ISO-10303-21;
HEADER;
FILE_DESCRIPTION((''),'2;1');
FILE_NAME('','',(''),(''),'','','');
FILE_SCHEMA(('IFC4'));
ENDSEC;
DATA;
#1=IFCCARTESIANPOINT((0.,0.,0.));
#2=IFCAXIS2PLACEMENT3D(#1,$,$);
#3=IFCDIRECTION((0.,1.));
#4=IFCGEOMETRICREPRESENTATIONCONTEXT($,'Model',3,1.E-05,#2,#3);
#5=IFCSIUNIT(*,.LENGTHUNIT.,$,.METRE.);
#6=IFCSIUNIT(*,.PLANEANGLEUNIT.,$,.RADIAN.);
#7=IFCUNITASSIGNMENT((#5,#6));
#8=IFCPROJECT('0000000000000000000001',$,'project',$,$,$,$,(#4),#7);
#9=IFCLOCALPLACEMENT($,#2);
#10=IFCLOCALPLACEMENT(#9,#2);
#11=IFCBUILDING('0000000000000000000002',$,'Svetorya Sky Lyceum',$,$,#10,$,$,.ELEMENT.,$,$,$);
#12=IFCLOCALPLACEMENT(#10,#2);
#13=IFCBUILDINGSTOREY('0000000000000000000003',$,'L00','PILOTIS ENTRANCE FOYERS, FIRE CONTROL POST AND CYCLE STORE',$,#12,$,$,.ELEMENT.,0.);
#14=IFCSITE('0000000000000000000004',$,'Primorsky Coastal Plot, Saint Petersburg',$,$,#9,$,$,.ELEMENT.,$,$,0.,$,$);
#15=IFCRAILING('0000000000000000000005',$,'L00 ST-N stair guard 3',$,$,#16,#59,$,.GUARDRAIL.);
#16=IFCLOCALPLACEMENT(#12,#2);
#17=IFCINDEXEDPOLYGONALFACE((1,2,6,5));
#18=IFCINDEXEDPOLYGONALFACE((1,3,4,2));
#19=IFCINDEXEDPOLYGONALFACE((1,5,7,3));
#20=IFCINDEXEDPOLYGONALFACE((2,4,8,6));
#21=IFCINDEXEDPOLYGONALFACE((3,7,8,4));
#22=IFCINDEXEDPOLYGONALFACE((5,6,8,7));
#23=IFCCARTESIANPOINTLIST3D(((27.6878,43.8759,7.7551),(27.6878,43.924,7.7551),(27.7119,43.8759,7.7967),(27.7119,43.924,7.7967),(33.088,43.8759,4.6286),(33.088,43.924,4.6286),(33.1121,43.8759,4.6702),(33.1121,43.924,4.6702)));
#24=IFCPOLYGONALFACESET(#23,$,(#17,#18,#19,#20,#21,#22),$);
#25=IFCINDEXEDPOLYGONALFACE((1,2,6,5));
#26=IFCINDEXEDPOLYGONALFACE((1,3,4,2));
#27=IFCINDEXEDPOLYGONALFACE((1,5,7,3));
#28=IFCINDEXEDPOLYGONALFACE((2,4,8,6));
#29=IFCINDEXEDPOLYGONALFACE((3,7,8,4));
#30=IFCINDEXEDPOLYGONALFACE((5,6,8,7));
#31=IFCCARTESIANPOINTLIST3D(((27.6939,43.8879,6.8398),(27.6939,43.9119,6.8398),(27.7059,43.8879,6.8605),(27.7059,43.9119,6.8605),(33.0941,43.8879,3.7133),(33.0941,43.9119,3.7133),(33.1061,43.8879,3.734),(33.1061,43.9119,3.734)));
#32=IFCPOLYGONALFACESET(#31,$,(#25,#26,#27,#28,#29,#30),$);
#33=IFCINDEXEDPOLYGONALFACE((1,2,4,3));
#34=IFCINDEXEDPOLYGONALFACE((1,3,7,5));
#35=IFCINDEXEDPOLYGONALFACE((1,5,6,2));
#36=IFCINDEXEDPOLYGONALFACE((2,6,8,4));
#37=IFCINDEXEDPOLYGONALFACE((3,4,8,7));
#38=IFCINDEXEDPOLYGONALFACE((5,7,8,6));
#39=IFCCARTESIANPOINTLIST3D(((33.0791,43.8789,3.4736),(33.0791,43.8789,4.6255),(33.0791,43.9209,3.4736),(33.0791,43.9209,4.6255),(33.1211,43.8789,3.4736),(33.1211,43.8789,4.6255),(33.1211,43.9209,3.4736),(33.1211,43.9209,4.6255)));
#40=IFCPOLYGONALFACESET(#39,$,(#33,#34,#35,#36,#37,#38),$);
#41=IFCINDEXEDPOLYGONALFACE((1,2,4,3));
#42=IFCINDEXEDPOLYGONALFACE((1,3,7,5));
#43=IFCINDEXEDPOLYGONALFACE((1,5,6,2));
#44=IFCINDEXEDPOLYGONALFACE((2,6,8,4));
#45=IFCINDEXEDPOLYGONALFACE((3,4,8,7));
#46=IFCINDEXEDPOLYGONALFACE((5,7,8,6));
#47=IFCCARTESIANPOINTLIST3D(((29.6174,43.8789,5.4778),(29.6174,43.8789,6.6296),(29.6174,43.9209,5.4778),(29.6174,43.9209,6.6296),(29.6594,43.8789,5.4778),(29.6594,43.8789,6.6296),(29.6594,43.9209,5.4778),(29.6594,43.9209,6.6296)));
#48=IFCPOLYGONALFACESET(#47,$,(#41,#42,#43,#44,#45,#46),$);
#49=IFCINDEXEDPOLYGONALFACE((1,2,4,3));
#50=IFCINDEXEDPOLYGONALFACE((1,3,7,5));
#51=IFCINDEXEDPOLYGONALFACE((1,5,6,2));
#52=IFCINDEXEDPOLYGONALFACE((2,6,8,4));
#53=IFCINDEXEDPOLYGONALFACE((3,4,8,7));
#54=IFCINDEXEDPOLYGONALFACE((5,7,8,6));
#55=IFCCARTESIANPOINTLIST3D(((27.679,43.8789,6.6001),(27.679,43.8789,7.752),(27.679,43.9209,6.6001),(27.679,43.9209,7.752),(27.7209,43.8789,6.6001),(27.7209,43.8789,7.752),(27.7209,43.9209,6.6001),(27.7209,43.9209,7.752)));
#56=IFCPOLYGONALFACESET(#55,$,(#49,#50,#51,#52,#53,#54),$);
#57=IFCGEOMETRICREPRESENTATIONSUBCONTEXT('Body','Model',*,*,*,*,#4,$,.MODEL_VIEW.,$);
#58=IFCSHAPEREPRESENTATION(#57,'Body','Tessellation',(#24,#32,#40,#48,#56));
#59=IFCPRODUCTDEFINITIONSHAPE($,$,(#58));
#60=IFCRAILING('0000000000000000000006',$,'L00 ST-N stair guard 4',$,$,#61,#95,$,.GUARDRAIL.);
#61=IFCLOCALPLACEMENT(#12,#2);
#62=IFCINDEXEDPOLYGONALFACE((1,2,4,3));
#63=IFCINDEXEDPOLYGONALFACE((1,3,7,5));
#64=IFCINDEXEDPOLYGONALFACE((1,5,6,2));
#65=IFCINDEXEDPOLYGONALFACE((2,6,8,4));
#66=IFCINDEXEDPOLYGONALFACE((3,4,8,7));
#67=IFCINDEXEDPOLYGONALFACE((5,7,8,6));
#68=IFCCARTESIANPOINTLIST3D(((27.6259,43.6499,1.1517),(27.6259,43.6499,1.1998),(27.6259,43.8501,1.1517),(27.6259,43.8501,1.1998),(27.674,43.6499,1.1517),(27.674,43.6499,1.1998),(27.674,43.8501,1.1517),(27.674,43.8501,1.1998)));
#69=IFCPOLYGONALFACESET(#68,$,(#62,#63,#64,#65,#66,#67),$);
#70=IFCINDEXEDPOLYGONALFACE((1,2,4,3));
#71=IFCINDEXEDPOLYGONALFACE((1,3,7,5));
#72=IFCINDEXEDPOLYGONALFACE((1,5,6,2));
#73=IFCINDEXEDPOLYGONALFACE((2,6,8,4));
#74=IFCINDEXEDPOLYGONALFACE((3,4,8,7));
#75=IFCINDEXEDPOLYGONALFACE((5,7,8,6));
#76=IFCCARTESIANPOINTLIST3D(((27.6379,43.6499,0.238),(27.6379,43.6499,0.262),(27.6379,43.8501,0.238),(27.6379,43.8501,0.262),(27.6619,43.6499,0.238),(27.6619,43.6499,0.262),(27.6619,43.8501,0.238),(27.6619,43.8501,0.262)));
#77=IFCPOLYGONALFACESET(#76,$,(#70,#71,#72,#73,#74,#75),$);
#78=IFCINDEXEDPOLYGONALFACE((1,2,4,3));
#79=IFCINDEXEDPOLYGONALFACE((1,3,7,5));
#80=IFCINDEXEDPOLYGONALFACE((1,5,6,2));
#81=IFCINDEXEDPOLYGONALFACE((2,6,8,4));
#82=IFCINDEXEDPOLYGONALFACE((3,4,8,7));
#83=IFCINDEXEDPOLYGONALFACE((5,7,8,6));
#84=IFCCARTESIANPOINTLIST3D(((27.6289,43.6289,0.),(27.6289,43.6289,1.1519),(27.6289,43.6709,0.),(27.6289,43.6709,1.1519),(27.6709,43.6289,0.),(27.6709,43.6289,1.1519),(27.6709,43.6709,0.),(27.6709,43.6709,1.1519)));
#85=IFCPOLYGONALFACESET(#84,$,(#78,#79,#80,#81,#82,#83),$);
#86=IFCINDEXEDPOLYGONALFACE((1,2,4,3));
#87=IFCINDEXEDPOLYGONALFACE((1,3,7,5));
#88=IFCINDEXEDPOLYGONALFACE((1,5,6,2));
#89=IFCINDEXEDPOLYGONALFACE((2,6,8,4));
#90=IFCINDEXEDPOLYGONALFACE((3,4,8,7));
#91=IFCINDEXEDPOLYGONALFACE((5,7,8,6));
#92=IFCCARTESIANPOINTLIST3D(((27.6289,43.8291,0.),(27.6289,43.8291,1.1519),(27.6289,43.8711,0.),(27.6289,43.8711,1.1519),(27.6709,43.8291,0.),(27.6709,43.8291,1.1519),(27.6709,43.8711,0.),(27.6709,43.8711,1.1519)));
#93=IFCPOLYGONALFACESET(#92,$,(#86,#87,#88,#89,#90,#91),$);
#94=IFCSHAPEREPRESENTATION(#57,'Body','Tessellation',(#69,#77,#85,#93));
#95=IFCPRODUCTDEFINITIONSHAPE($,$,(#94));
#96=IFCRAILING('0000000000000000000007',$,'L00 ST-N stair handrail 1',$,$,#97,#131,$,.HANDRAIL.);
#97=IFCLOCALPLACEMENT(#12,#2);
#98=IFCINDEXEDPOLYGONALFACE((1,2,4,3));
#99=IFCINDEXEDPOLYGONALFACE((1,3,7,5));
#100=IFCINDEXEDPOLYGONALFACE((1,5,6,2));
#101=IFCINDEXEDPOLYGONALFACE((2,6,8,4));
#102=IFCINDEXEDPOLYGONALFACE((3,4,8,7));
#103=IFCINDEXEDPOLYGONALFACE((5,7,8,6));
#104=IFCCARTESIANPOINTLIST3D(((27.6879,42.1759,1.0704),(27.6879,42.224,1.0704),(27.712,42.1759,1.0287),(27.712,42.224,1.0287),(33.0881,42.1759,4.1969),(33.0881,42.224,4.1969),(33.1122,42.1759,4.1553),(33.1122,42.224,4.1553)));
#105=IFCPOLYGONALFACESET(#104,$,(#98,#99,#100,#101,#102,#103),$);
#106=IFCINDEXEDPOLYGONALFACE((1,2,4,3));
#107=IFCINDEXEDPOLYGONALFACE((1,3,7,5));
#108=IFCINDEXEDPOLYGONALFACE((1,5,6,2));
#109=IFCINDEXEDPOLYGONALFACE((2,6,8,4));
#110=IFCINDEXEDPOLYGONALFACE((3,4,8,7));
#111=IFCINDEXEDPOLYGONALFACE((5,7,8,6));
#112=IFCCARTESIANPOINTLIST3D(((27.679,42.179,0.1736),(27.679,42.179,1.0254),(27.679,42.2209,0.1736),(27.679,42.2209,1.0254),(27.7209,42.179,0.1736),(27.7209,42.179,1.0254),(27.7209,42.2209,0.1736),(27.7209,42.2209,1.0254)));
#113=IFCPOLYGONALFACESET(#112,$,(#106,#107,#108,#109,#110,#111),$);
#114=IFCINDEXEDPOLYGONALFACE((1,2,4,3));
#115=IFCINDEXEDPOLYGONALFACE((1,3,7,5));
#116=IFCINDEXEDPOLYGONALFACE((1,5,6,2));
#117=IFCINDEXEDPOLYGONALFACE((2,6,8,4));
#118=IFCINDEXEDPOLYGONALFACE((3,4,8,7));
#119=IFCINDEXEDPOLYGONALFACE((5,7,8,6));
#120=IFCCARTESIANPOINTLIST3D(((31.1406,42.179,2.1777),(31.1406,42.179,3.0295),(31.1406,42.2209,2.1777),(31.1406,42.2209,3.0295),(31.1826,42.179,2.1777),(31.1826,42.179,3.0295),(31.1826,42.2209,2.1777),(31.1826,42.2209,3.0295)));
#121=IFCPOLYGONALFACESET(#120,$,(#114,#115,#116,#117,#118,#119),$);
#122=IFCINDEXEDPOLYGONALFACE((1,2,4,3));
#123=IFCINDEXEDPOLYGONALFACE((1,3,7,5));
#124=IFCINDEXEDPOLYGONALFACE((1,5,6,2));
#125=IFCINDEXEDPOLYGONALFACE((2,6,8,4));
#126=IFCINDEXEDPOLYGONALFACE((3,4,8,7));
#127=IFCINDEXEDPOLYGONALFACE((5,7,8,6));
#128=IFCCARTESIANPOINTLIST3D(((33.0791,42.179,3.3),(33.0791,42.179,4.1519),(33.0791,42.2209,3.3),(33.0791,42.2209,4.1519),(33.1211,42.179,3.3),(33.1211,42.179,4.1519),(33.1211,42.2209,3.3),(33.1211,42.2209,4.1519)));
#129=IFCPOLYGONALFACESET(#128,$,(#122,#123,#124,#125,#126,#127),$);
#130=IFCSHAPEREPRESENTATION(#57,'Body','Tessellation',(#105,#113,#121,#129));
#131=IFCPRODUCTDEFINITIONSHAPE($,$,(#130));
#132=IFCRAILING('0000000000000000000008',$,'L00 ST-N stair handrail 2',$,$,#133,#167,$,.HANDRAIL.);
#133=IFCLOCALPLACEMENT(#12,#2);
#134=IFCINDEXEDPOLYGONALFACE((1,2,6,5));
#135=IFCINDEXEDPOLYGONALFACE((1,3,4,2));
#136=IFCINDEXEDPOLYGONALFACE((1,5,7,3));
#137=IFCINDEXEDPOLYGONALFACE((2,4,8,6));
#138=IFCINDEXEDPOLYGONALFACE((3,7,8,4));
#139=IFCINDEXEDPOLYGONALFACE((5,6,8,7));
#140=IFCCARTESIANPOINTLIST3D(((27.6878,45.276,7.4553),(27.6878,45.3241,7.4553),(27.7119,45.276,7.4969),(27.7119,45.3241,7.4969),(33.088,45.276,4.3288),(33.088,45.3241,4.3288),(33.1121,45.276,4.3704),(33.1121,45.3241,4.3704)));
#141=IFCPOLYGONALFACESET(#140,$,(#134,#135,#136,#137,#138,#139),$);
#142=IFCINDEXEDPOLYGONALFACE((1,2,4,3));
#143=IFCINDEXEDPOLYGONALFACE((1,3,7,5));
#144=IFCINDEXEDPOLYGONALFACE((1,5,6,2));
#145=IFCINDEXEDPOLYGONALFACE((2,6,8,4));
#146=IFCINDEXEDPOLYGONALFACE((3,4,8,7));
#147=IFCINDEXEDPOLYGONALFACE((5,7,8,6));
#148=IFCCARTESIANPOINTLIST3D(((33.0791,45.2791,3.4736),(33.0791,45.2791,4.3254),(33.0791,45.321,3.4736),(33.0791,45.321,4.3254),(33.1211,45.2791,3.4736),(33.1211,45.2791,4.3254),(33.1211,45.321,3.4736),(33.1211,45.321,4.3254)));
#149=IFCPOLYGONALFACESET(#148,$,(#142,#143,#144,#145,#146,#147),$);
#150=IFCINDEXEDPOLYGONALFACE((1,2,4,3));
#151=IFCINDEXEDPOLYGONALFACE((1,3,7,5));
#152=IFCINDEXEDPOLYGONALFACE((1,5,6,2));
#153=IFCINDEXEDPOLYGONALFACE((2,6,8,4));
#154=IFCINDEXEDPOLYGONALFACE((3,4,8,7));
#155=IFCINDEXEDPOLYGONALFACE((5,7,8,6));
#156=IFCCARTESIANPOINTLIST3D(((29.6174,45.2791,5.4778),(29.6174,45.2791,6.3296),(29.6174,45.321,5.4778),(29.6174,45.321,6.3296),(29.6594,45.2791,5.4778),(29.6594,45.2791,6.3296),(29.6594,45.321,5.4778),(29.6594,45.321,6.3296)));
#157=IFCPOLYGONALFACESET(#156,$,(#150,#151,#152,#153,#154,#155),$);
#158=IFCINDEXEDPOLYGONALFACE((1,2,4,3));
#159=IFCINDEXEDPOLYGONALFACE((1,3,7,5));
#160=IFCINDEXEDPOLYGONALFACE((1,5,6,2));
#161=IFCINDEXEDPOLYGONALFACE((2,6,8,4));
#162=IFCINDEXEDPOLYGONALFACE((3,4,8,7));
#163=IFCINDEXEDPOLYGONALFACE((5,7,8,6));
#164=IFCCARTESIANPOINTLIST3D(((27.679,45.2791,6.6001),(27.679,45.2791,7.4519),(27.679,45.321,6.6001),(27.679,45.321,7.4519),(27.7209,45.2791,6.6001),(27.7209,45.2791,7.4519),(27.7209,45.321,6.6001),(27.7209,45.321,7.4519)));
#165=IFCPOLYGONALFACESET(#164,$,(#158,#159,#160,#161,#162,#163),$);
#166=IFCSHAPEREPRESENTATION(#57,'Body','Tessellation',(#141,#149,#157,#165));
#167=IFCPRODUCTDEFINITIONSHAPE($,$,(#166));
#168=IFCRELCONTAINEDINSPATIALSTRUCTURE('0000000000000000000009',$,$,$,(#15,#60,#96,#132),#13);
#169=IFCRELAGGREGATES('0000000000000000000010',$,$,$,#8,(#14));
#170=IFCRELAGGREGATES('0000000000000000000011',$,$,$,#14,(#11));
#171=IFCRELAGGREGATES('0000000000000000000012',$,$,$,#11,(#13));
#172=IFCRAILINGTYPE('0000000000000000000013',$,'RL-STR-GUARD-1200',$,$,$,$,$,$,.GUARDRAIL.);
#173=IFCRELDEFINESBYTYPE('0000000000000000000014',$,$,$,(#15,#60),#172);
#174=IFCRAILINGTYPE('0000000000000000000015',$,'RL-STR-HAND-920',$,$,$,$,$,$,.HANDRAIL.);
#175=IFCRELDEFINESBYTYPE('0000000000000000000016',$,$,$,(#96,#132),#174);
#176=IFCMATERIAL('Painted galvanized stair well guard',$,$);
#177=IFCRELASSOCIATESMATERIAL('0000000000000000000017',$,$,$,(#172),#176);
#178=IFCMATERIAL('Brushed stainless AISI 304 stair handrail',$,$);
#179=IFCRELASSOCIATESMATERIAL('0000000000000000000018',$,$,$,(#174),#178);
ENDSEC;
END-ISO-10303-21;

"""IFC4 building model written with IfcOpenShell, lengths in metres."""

from ifc_helpers import new_model, si_unit, direction, frame, origin, origin_2d, place, context, subcontext, project, spatial, rectangle, extrude, material, type_object, element, save


model = new_model("IFC4")

# Units and contexts
model_context = context("Model", 3, precision=1e-05, world=origin(), true_north=direction((0.0, 1.0)))
body_context = subcontext(model_context, "Body", "Model", "MODEL_VIEW")
ifc_project = project(units=[si_unit("LENGTHUNIT", "METRE"), si_unit("PLANEANGLEUNIT", "RADIAN")], contexts=[model_context])

# Site, building, storey
site_placement = place(None, origin())
site = spatial("IfcSite", under=ifc_project, at=site_placement, Name="Primorsky Coastal Plot, Saint Petersburg", CompositionType="ELEMENT", RefElevation=0.0)
building_placement = place(site_placement, origin())
building = spatial("IfcBuilding", under=site, at=building_placement, Name="Svetorya Sky Lyceum", CompositionType="ELEMENT")
storey_placement = place(building_placement, origin())
storey = spatial("IfcBuildingStorey", under=building, at=storey_placement, Name="L00", Description="PILOTIS ENTRANCE FOYERS, FIRE CONTROL POST AND CYCLE STORE", CompositionType="ELEMENT", Elevation=0.0)

# Railings
ifc_material_1 = material(Name="Painted galvanized stair well guard")
railing_type_1 = type_object("IfcRailingType", Name="RL-STR-GUARD-1200", PredefinedType="GUARDRAIL", material=ifc_material_1)
railing_1_placement = place(storey_placement, frame((33.1001, 43.8999, 3.4736)))
element("IfcRailing", 1, at=railing_1_placement, inside=storey, type_object=railing_type_1, Name="L00 ST-N stair guard 3", PredefinedType="GUARDRAIL", context=body_context, shape_type="SweptSolid", body=[
    extrude(rectangle(XDim=0.0481, YDim=0.0481, at=origin_2d()), frame((0.0, 0.0, 1.1758), z_axis=(-0.865422, 0.0, 0.501044), x_axis=(0.0, -1.0, 0.0)), (0.0, 0.0, 1.0), 6.24),
    extrude(rectangle(XDim=0.0239, YDim=0.0239, at=origin_2d()), frame((0.0, 0.0, 0.25), z_axis=(-0.865422, 0.0, 0.501044), x_axis=(0.0, -1.0, 0.0)), (0.0, 0.0, 1.0), 6.24),
    extrude(rectangle(XDim=0.042, YDim=0.042, at=origin_2d()), origin(), (0.0, 0.0, 1.0), 1.1519),
    extrude(rectangle(XDim=0.042, YDim=0.042, at=origin_2d()), frame((-3.4617, 0.0, 2.0042)), (0.0, 0.0, 1.0), 1.1519),
    extrude(rectangle(XDim=0.042, YDim=0.042, at=origin_2d()), frame((-5.4001, 0.0, 3.1265)), (0.0, 0.0, 1.0), 1.1519),
])
railing_2_placement = place(storey_placement, frame((27.6499, 43.6499, 0.0)))
element("IfcRailing", 2, at=railing_2_placement, inside=storey, type_object=railing_type_1, Name="L00 ST-N stair guard 4", PredefinedType="GUARDRAIL", context=body_context, shape_type="SweptSolid", body=[
    extrude(rectangle(XDim=0.0481, YDim=0.0481, at=origin_2d()), frame((0.0, 0.0, 1.1758), z_axis=(0.0, 1.0, 0.0), x_axis=(-1.0, 0.0, 0.0)), (0.0, 0.0, 1.0), 0.2002),
    extrude(rectangle(XDim=0.0239, YDim=0.0239, at=origin_2d()), frame((0.0, 0.0, 0.25), z_axis=(0.0, 1.0, 0.0), x_axis=(-1.0, 0.0, 0.0)), (0.0, 0.0, 1.0), 0.2002),
    extrude(rectangle(XDim=0.042, YDim=0.042, at=origin_2d()), origin(), (0.0, 0.0, 1.0), 1.1519),
    extrude(rectangle(XDim=0.042, YDim=0.042, at=origin_2d()), frame((0.0, 0.2002, 0.0)), (0.0, 0.0, 1.0), 1.1519),
])
ifc_material_2 = material(Name="Brushed stainless AISI 304 stair handrail")
railing_type_2 = type_object("IfcRailingType", Name="RL-STR-HAND-920", PredefinedType="HANDRAIL", material=ifc_material_2)
railing_3_placement = place(storey_placement, frame((27.7, 42.2, 0.1736)))
element("IfcRailing", 3, at=railing_3_placement, inside=storey, type_object=railing_type_2, Name="L00 ST-N stair handrail 1", PredefinedType="HANDRAIL", context=body_context, shape_type="SweptSolid", body=[
    extrude(rectangle(XDim=0.0481, YDim=0.0481, at=origin_2d()), frame((0.0, 0.0, 0.876), z_axis=(0.865422, 0.0, 0.501044), x_axis=(0.0, 1.0, 0.0)), (0.0, 0.0, 1.0), 6.24),
    extrude(rectangle(XDim=0.042, YDim=0.042, at=origin_2d()), origin(), (0.0, 0.0, 1.0), 0.8518),
    extrude(rectangle(XDim=0.042, YDim=0.042, at=origin_2d()), frame((3.4617, 0.0, 2.0042)), (0.0, 0.0, 1.0), 0.8518),
    extrude(rectangle(XDim=0.042, YDim=0.042, at=origin_2d()), frame((5.4001, 0.0, 3.1265)), (0.0, 0.0, 1.0), 0.8518),
])
railing_4_placement = place(storey_placement, frame((33.1001, 45.3, 3.4736)))
element("IfcRailing", 4, at=railing_4_placement, inside=storey, type_object=railing_type_2, Name="L00 ST-N stair handrail 2", PredefinedType="HANDRAIL", context=body_context, shape_type="SweptSolid", body=[
    extrude(rectangle(XDim=0.0481, YDim=0.0481, at=origin_2d()), frame((0.0, 0.0, 0.876), z_axis=(-0.865422, 0.0, 0.501044), x_axis=(0.0, -1.0, 0.0)), (0.0, 0.0, 1.0), 6.24),
    extrude(rectangle(XDim=0.042, YDim=0.042, at=origin_2d()), origin(), (0.0, 0.0, 1.0), 0.8518),
    extrude(rectangle(XDim=0.042, YDim=0.042, at=origin_2d()), frame((-3.4617, 0.0, 2.0042)), (0.0, 0.0, 1.0), 0.8518),
    extrude(rectangle(XDim=0.042, YDim=0.042, at=origin_2d()), frame((-5.4001, 0.0, 3.1265)), (0.0, 0.0, 1.0), 0.8518),
])

save(model, "model.ifc")
